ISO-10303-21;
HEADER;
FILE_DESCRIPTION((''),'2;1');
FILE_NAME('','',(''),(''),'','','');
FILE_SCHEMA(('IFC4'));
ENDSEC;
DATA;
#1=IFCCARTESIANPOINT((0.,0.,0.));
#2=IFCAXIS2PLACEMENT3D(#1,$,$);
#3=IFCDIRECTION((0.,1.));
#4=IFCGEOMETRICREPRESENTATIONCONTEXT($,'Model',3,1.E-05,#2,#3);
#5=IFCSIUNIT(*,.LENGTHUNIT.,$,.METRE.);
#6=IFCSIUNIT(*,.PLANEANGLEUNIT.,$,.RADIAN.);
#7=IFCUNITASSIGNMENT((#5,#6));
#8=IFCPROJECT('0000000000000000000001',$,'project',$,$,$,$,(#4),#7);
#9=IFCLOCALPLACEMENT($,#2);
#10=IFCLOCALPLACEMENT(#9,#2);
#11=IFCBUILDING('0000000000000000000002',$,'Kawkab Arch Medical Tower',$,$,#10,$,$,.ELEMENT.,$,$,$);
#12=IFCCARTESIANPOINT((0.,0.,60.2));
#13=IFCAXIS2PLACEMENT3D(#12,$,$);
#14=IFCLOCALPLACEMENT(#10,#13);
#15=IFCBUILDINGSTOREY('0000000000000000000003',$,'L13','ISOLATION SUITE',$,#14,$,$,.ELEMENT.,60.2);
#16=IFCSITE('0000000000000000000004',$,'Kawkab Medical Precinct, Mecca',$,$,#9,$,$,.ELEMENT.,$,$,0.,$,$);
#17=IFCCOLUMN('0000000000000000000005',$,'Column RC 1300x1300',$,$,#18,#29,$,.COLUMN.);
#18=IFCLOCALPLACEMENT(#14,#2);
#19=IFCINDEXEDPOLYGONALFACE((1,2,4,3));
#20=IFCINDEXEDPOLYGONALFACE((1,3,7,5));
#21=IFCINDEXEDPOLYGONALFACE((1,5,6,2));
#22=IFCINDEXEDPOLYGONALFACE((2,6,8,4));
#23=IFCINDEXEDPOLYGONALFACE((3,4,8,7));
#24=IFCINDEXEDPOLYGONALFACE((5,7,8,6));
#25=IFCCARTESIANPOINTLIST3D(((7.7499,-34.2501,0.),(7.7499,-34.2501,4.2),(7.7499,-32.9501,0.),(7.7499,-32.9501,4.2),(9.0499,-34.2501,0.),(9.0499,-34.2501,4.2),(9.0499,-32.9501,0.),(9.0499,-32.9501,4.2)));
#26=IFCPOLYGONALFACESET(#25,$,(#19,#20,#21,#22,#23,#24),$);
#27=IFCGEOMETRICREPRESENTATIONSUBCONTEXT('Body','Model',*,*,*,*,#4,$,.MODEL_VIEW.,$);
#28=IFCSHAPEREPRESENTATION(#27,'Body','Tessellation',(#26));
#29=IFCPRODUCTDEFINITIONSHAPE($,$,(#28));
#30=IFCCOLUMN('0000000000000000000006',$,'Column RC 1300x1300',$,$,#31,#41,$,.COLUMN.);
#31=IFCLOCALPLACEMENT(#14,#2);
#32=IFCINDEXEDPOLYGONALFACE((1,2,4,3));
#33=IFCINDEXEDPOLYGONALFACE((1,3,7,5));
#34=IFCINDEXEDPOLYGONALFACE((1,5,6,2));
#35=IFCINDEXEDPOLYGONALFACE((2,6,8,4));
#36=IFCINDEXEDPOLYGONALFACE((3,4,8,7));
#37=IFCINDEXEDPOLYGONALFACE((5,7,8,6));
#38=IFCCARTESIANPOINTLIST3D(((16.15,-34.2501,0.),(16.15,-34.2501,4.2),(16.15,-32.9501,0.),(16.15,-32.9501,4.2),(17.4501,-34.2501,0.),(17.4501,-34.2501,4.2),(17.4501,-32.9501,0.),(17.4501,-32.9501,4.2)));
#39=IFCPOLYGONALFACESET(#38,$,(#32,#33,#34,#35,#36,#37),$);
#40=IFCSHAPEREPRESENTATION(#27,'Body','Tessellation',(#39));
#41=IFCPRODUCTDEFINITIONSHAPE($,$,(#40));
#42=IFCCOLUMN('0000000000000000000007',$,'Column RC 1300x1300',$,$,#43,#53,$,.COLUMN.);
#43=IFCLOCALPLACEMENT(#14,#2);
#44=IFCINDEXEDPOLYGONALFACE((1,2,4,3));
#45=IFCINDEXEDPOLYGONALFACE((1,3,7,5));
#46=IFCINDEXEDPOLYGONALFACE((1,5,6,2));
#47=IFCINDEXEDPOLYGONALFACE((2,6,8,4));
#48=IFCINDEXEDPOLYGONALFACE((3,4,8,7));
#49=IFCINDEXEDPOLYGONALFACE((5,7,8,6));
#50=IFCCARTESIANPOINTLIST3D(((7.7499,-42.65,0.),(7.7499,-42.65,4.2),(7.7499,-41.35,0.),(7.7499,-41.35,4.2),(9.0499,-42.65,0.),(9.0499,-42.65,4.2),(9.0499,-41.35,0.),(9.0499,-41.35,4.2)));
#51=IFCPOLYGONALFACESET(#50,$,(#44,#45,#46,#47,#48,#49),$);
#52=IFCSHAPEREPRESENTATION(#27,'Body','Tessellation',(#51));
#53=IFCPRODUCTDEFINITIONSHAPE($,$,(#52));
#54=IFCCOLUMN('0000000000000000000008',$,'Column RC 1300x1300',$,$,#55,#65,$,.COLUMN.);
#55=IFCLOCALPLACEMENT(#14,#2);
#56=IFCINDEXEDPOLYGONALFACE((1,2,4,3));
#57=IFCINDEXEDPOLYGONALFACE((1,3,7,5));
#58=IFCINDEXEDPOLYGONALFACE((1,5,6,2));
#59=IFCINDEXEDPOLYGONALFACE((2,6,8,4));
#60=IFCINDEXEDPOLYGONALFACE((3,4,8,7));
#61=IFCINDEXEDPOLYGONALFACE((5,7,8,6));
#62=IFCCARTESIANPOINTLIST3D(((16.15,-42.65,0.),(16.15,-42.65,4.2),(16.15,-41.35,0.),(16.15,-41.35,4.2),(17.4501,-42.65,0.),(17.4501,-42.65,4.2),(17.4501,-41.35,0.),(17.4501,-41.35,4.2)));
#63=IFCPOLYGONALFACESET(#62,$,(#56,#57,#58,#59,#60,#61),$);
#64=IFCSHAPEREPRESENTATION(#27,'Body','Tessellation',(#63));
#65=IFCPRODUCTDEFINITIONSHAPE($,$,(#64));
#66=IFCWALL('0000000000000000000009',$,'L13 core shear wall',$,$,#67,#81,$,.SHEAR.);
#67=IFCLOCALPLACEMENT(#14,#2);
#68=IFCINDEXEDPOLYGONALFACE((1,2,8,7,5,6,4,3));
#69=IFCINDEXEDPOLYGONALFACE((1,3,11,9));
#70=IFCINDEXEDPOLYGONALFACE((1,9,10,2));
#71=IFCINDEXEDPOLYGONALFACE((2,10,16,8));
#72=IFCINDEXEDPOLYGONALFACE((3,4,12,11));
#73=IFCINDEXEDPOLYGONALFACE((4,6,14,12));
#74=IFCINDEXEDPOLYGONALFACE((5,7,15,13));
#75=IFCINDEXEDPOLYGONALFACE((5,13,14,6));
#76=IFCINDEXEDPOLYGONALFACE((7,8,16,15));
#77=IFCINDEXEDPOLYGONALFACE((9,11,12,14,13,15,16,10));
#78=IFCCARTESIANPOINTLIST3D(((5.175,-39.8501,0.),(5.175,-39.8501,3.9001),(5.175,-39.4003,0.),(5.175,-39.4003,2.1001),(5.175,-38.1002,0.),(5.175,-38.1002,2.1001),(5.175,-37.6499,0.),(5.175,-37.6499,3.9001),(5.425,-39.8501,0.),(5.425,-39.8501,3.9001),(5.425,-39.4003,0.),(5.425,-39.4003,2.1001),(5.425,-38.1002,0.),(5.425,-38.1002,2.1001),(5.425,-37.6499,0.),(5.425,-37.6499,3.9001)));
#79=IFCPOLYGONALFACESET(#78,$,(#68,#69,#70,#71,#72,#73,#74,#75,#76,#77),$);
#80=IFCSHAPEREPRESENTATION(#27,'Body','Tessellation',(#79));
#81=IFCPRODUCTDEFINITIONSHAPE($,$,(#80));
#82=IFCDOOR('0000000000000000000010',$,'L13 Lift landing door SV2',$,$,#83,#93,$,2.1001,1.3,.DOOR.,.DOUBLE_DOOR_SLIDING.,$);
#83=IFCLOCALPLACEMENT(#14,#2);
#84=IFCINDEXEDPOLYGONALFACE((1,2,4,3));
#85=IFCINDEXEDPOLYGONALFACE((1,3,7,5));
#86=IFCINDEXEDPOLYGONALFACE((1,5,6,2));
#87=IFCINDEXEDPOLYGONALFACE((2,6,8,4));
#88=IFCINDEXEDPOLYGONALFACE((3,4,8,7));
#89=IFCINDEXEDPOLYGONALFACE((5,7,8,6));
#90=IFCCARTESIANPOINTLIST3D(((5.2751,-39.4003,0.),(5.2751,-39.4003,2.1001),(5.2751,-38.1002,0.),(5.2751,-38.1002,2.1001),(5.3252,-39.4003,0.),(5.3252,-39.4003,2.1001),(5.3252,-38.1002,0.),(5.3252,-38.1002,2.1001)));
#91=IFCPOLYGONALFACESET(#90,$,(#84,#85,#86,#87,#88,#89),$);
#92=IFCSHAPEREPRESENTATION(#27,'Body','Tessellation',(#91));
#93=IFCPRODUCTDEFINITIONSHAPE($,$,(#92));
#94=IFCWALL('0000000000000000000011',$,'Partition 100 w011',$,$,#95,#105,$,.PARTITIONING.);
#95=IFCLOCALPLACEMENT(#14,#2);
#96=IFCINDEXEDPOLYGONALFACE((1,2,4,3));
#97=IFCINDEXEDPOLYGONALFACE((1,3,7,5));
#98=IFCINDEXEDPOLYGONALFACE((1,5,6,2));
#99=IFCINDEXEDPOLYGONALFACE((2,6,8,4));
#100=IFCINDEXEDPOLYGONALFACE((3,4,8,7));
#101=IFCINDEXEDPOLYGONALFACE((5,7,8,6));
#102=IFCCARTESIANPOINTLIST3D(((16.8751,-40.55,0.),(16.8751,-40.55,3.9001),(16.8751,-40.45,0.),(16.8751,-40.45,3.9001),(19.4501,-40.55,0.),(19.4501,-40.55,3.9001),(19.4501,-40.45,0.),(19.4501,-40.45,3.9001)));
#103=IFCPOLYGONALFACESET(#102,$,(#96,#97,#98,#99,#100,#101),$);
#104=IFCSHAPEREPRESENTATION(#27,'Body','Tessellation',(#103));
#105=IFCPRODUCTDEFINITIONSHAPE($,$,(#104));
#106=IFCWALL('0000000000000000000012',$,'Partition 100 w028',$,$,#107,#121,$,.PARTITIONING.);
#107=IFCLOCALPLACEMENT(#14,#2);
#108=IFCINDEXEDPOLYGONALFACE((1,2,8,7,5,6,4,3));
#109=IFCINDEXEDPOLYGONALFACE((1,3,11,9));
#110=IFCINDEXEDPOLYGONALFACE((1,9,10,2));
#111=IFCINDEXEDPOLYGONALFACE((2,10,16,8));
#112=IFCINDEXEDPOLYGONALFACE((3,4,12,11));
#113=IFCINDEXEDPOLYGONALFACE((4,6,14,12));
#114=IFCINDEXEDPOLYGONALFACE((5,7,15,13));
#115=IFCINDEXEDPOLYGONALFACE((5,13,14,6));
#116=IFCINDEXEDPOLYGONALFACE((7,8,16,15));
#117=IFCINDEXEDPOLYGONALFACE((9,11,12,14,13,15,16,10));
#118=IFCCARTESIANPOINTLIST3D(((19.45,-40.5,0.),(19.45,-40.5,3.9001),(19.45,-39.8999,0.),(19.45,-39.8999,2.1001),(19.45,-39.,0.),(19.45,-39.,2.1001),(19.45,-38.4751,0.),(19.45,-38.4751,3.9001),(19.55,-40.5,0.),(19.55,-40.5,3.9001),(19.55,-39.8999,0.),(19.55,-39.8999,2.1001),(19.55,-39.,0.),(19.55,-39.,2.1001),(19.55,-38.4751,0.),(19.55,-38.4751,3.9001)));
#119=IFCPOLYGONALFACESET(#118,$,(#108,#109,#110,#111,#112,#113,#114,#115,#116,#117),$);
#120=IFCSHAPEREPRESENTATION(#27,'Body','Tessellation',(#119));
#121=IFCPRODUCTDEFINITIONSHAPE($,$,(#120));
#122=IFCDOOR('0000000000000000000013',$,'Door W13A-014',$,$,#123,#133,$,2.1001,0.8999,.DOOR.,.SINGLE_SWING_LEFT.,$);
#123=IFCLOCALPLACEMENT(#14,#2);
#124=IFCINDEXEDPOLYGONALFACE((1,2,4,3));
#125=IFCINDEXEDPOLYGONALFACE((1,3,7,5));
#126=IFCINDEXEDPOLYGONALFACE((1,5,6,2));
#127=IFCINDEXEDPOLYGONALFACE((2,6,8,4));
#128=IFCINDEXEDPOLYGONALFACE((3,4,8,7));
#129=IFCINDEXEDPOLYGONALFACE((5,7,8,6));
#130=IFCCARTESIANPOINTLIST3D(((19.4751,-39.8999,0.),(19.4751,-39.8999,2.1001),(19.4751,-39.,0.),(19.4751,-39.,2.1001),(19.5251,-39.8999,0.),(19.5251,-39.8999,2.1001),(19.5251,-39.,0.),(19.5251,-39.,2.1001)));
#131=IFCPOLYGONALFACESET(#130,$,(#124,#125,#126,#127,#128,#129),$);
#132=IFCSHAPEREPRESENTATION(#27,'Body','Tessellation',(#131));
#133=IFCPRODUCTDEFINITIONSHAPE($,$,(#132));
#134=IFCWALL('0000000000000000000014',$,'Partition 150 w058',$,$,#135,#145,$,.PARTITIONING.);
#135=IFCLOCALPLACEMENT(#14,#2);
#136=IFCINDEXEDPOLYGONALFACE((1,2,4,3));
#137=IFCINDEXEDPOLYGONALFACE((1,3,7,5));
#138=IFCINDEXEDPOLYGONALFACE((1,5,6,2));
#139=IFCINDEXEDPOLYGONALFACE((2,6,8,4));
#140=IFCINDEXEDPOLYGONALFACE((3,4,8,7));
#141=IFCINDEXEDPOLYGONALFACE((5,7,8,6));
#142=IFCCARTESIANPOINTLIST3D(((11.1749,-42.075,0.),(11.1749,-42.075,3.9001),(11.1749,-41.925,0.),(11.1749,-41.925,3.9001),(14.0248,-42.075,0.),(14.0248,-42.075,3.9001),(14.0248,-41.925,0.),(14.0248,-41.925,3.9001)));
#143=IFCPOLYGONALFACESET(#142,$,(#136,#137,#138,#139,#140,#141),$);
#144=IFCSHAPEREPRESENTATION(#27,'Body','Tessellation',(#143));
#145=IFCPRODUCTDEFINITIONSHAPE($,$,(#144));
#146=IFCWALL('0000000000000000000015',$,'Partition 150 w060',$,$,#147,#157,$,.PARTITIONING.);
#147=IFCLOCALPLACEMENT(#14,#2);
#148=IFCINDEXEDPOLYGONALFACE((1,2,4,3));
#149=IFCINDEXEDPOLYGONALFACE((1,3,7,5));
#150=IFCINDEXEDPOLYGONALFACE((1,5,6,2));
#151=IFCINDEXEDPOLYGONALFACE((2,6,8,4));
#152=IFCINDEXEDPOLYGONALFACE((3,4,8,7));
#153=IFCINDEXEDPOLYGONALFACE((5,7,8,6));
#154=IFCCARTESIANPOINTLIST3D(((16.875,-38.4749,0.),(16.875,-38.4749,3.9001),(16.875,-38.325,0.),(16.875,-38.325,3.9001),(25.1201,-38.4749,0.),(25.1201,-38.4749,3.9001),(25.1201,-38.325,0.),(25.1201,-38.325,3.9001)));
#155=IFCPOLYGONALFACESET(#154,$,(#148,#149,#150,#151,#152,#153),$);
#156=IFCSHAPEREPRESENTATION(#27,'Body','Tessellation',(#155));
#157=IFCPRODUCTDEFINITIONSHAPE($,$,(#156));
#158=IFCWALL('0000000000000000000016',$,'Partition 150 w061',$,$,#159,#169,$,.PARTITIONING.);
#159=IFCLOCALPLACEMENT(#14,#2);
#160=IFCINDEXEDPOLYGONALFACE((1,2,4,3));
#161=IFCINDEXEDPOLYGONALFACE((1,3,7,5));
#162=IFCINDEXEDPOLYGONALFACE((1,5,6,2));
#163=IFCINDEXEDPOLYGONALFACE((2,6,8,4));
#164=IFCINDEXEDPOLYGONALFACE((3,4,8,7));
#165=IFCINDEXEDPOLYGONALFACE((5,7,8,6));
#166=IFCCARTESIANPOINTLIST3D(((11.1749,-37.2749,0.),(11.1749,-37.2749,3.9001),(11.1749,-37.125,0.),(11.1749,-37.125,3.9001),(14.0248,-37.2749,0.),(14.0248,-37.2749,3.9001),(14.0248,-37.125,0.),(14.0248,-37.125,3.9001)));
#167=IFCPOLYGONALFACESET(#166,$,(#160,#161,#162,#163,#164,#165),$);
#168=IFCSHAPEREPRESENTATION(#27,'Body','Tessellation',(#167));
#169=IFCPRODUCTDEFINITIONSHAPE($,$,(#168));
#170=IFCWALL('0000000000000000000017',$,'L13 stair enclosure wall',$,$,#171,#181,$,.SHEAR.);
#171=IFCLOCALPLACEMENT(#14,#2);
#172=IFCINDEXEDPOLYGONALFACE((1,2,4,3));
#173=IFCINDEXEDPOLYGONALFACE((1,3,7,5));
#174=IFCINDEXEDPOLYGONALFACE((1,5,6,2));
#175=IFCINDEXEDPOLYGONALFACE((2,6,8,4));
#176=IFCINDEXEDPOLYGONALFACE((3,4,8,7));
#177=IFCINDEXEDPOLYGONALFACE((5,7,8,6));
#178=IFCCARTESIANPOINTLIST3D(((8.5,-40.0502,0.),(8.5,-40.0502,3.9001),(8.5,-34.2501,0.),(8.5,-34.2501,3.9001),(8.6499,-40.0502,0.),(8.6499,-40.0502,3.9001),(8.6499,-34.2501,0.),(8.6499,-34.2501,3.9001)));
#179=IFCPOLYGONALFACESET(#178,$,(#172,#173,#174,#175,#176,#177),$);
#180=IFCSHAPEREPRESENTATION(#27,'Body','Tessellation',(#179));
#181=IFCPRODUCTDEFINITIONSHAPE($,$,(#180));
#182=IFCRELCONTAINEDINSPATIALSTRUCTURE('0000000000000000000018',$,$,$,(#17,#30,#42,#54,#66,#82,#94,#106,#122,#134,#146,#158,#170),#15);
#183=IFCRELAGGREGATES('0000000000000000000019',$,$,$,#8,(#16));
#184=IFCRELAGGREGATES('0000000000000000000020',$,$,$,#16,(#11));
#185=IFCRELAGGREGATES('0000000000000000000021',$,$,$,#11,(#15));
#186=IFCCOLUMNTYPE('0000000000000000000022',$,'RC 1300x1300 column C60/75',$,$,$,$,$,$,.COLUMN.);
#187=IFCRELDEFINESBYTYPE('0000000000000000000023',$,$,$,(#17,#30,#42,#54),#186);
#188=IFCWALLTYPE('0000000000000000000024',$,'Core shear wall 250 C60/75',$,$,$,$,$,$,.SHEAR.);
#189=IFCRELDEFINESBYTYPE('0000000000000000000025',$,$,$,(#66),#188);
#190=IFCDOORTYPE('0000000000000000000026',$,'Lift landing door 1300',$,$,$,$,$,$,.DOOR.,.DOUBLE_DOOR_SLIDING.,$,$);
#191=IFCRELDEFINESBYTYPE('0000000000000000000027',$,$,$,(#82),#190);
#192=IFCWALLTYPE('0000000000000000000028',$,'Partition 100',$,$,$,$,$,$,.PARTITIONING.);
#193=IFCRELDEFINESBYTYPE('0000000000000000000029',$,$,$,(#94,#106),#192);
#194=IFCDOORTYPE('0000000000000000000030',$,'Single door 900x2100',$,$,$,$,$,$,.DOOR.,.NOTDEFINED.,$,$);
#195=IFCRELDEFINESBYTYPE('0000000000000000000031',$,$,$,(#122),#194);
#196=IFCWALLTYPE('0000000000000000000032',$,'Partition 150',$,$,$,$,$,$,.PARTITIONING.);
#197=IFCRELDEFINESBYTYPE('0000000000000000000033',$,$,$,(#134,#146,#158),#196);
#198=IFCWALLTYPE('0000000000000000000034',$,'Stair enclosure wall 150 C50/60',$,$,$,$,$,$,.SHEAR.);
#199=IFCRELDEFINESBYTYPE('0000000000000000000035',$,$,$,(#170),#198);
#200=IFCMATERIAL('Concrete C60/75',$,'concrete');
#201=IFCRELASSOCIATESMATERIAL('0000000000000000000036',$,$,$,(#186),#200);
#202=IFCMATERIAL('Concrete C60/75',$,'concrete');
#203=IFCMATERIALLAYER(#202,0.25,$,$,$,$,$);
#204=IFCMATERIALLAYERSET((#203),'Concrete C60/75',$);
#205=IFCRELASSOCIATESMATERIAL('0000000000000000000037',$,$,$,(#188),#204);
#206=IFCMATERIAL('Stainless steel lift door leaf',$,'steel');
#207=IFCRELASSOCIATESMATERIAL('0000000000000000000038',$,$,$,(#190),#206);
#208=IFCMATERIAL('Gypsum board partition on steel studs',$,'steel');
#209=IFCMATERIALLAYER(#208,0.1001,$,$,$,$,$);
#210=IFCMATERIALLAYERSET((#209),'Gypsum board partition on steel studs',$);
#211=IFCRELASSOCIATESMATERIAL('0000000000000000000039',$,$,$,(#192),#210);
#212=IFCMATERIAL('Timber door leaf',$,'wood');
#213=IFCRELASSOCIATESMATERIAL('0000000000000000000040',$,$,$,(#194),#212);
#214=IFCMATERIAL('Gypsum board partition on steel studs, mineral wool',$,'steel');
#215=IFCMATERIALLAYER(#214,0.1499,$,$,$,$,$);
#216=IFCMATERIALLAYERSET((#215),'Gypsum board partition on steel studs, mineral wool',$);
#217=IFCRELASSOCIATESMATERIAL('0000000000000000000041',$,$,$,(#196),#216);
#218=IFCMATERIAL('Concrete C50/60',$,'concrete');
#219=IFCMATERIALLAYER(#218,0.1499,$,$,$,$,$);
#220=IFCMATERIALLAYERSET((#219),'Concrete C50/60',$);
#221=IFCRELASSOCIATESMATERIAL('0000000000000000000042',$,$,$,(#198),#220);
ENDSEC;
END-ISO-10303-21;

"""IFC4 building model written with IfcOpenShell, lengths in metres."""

from ifc_helpers import new_model, si_unit, direction, frame, frame_2d, origin, origin_2d, place, context, subcontext, project, spatial, rectangle, extrude, material, layer, layer_set, material_profile, profile_set, type_object, element, fill, save


model = new_model("IFC4")

# Units and contexts
model_context = context("Model", 3, precision=1e-05, world=origin(), true_north=direction((0.0, 1.0)))
body_context = subcontext(model_context, "Body", "Model", "MODEL_VIEW")
ifc_project = project(units=[si_unit("LENGTHUNIT", "METRE"), si_unit("PLANEANGLEUNIT", "RADIAN")], contexts=[model_context])

# Site, building, storey
site_placement = place(None, origin())
site = spatial("IfcSite", under=ifc_project, at=site_placement, Name="Kawkab Medical Precinct, Mecca", CompositionType="ELEMENT", RefElevation=0.0)
building_placement = place(site_placement, origin())
building = spatial("IfcBuilding", under=site, at=building_placement, Name="Kawkab Arch Medical Tower", CompositionType="ELEMENT")
storey_placement = place(building_placement, frame((0.0, 0.0, 60.2)))
storey = spatial("IfcBuildingStorey", under=building, at=storey_placement, Name="L13", Description="ISOLATION SUITE", CompositionType="ELEMENT", Elevation=60.2)

# Columns
ifc_material_1 = material(Name="Concrete C60/75", Category="concrete")
ifc_material_profile = material_profile(ifc_material_1, rectangle(XDim=1.3, YDim=1.3, at=origin_2d()), Name="RC 1300x1300")
ifc_profile_set = profile_set([ifc_material_profile], Name="Concrete C60/75")
column_type = type_object("IfcColumnType", Name="RC 1300x1300 column C60/75", PredefinedType="COLUMN", material=ifc_profile_set)
for number, where, z_axis, x_axis, name in (
    (1, (8.3999, -33.6001, 0.0), (0.0, 0.0, 1.0), (1.0, 0.0, 0.0), "Column RC 1300x1300"),
    (2, (16.8, -33.6001, 0.0), (0.0, 0.0, 1.0), (1.0, 0.0, 0.0), "Column RC 1300x1300"),
    (3, (8.3999, -42.0, 0.0), (0.0, 0.0, 1.0), (1.0, 0.0, 0.0), "Column RC 1300x1300"),
    (4, (16.8, -42.0, 0.0), (0.0, 0.0, 1.0), (1.0, 0.0, 0.0), "Column RC 1300x1300"),
):
    element("IfcColumn", number, at=place(storey_placement, frame(where, z_axis=z_axis, x_axis=x_axis)), inside=storey, type_object=column_type, Name=name, PredefinedType="COLUMN", context=body_context, shape_type="SweptSolid", body=[
        extrude(rectangle(XDim=1.3, YDim=1.3, at=origin_2d()), origin(), (0.0, 0.0, 1.0), 4.2),
    ])

# Wall, opening, door
ifc_material_2 = material(Name="Concrete C60/75", Category="concrete")
ifc_layer_1 = layer(ifc_material_2, 0.25)
ifc_layer_set_1 = layer_set([ifc_layer_1], Name="Concrete C60/75")
wall_type_1 = type_object("IfcWallType", Name="Core shear wall 250 C60/75", PredefinedType="SHEAR", material=ifc_layer_set_1)
wall_1_placement = place(storey_placement, frame((5.3, -39.8501, 0.0), z_axis=(0.0, 0.0, 1.0), x_axis=(0.0, 1.0, 0.0)))
wall_1 = element("IfcWall", 5, at=wall_1_placement, inside=storey, type_object=wall_type_1, Name="L13 core shear wall", PredefinedType="SHEAR", context=body_context, shape_type="SweptSolid", body=[
    extrude(rectangle(XDim=2.2002, YDim=0.25, at=frame_2d((1.1001, 0.0))), origin(), (0.0, 0.0, 1.0), 3.9001),
])
opening_1_placement = place(wall_1_placement, frame((0.45, 0.0, 0.0)))
opening_1 = element("IfcOpeningElement", 6, at=opening_1_placement, cuts=wall_1, PredefinedType="OPENING", context=body_context, shape_type="SweptSolid", body=[
    extrude(rectangle(XDim=1.3, YDim=2.1001, at=frame_2d((0.6499, 1.05))), frame((0.0, 0.135, 0.0), z_axis=(0.0, -1.0, 0.0), x_axis=(1.0, 0.0, 0.0)), (0.0, 0.0, 1.0), 0.27),
])
ifc_material_3 = material(Name="Stainless steel lift door leaf", Category="steel")
door_type_1 = type_object("IfcDoorType", Name="Lift landing door 1300", OperationType="DOUBLE_DOOR_SLIDING", PredefinedType="DOOR", material=ifc_material_3)
door_1_placement = place(opening_1_placement, origin())
door_1 = element("IfcDoor", 7, at=door_1_placement, inside=storey, type_object=door_type_1, Name="L13 Lift landing door SV2", OperationType="DOUBLE_DOOR_SLIDING", OverallHeight=2.1001, OverallWidth=1.3, PredefinedType="DOOR", context=body_context, shape_type="SweptSolid", body=[
    extrude(rectangle(XDim=1.3, YDim=2.1001, at=frame_2d((0.6499, 1.05))), frame((0.0, 0.0249, 0.0), z_axis=(0.0, -1.0, 0.0), x_axis=(1.0, 0.0, 0.0)), (0.0, 0.0, 1.0), 0.05),
])
fill(opening_1, door_1)

# Wall
ifc_material_4 = material(Name="Gypsum board partition on steel studs", Category="steel")
ifc_layer_2 = layer(ifc_material_4, 0.1001)
ifc_layer_set_2 = layer_set([ifc_layer_2], Name="Gypsum board partition on steel studs")
wall_type_2 = type_object("IfcWallType", Name="Partition 100", PredefinedType="PARTITIONING", material=ifc_layer_set_2)
wall_2_placement = place(storey_placement, frame((16.875, -40.5, 0.0), z_axis=(0.0, 0.0, 1.0), x_axis=(1.0, 0.0, 0.0)))
element("IfcWall", 8, at=wall_2_placement, inside=storey, type_object=wall_type_2, Name="Partition 100 w011", PredefinedType="PARTITIONING", context=body_context, shape_type="SweptSolid", body=[
    extrude(rectangle(XDim=2.575, YDim=0.1001, at=frame_2d((1.2876, 0.0))), origin(), (0.0, 0.0, 1.0), 3.9001),
])

# Wall, opening, door
wall_3_placement = place(storey_placement, frame((19.5, -40.5, 0.0), z_axis=(0.0, 0.0, 1.0), x_axis=(0.0, 1.0, 0.0)))
wall_3 = element("IfcWall", 9, at=wall_3_placement, inside=storey, type_object=wall_type_2, Name="Partition 100 w028", PredefinedType="PARTITIONING", context=body_context, shape_type="SweptSolid", body=[
    extrude(rectangle(XDim=2.0249, YDim=0.1001, at=frame_2d((1.0125, 0.0))), origin(), (0.0, 0.0, 1.0), 3.9001),
])
opening_2_placement = place(wall_3_placement, frame((0.6001, 0.0, 0.0)))
opening_2 = element("IfcOpeningElement", 10, at=opening_2_placement, cuts=wall_3, PredefinedType="OPENING", context=body_context, shape_type="SweptSolid", body=[
    extrude(rectangle(XDim=0.8999, YDim=2.1001, at=frame_2d((0.45, 1.05))), frame((0.0, 0.0601, 0.0), z_axis=(0.0, -1.0, 0.0), x_axis=(1.0, 0.0, 0.0)), (0.0, 0.0, 1.0), 0.1201),
])
ifc_material_5 = material(Name="Timber door leaf", Category="wood")
door_type_2 = type_object("IfcDoorType", Name="Single door 900x2100", OperationType="NOTDEFINED", PredefinedType="DOOR", material=ifc_material_5)
door_2_placement = place(opening_2_placement, origin())
door_2 = element("IfcDoor", 11, at=door_2_placement, inside=storey, type_object=door_type_2, Name="Door W13A-014", OperationType="SINGLE_SWING_LEFT", OverallHeight=2.1001, OverallWidth=0.8999, PredefinedType="DOOR", context=body_context, shape_type="SweptSolid", body=[
    extrude(rectangle(XDim=0.8999, YDim=2.1001, at=frame_2d((0.45, 1.05))), frame((0.0, 0.0249, 0.0), z_axis=(0.0, -1.0, 0.0), x_axis=(1.0, 0.0, 0.0)), (0.0, 0.0, 1.0), 0.05),
])
fill(opening_2, door_2)

# Walls
ifc_material_6 = material(Name="Gypsum board partition on steel studs, mineral wool", Category="steel")
ifc_layer_3 = layer(ifc_material_6, 0.1499)
ifc_layer_set_3 = layer_set([ifc_layer_3], Name="Gypsum board partition on steel studs, mineral wool")
wall_type_3 = type_object("IfcWallType", Name="Partition 150", PredefinedType="PARTITIONING", material=ifc_layer_set_3)
wall_4_placement = place(storey_placement, frame((11.175, -42.0, 0.0), z_axis=(0.0, 0.0, 1.0), x_axis=(1.0, 0.0, 0.0)))
element("IfcWall", 12, at=wall_4_placement, inside=storey, type_object=wall_type_3, Name="Partition 150 w058", PredefinedType="PARTITIONING", context=body_context, shape_type="SweptSolid", body=[
    extrude(rectangle(XDim=2.8499, YDim=0.1499, at=frame_2d((1.4248, 0.0))), origin(), (0.0, 0.0, 1.0), 3.9001),
])
wall_5_placement = place(storey_placement, frame((16.875, -38.3999, 0.0), z_axis=(0.0, 0.0, 1.0), x_axis=(1.0, 0.0, 0.0)))
element("IfcWall", 13, at=wall_5_placement, inside=storey, type_object=wall_type_3, Name="Partition 150 w060", PredefinedType="PARTITIONING", context=body_context, shape_type="SweptSolid", body=[
    extrude(rectangle(XDim=8.2451, YDim=0.1499, at=frame_2d((4.1226, 0.0))), origin(), (0.0, 0.0, 1.0), 3.9001),
])
wall_6_placement = place(storey_placement, frame((11.175, -37.2, 0.0), z_axis=(0.0, 0.0, 1.0), x_axis=(1.0, 0.0, 0.0)))
element("IfcWall", 14, at=wall_6_placement, inside=storey, type_object=wall_type_3, Name="Partition 150 w061", PredefinedType="PARTITIONING", context=body_context, shape_type="SweptSolid", body=[
    extrude(rectangle(XDim=2.8499, YDim=0.1499, at=frame_2d((1.4248, 0.0))), origin(), (0.0, 0.0, 1.0), 3.9001),
])
ifc_material_7 = material(Name="Concrete C50/60", Category="concrete")
ifc_layer_4 = layer(ifc_material_7, 0.1499)
ifc_layer_set_4 = layer_set([ifc_layer_4], Name="Concrete C50/60")
wall_type_4 = type_object("IfcWallType", Name="Stair enclosure wall 150 C50/60", PredefinedType="SHEAR", material=ifc_layer_set_4)
wall_7_placement = place(storey_placement, frame((8.575, -40.05, 0.0), z_axis=(0.0, 0.0, 1.0), x_axis=(0.0, 1.0, 0.0)))
element("IfcWall", 15, at=wall_7_placement, inside=storey, type_object=wall_type_4, Name="L13 stair enclosure wall", PredefinedType="SHEAR", context=body_context, shape_type="SweptSolid", body=[
    extrude(rectangle(XDim=5.8, YDim=0.1499, at=frame_2d((2.8999, 0.0))), origin(), (0.0, 0.0, 1.0), 3.9001),
])

save(model, "model.ifc")
